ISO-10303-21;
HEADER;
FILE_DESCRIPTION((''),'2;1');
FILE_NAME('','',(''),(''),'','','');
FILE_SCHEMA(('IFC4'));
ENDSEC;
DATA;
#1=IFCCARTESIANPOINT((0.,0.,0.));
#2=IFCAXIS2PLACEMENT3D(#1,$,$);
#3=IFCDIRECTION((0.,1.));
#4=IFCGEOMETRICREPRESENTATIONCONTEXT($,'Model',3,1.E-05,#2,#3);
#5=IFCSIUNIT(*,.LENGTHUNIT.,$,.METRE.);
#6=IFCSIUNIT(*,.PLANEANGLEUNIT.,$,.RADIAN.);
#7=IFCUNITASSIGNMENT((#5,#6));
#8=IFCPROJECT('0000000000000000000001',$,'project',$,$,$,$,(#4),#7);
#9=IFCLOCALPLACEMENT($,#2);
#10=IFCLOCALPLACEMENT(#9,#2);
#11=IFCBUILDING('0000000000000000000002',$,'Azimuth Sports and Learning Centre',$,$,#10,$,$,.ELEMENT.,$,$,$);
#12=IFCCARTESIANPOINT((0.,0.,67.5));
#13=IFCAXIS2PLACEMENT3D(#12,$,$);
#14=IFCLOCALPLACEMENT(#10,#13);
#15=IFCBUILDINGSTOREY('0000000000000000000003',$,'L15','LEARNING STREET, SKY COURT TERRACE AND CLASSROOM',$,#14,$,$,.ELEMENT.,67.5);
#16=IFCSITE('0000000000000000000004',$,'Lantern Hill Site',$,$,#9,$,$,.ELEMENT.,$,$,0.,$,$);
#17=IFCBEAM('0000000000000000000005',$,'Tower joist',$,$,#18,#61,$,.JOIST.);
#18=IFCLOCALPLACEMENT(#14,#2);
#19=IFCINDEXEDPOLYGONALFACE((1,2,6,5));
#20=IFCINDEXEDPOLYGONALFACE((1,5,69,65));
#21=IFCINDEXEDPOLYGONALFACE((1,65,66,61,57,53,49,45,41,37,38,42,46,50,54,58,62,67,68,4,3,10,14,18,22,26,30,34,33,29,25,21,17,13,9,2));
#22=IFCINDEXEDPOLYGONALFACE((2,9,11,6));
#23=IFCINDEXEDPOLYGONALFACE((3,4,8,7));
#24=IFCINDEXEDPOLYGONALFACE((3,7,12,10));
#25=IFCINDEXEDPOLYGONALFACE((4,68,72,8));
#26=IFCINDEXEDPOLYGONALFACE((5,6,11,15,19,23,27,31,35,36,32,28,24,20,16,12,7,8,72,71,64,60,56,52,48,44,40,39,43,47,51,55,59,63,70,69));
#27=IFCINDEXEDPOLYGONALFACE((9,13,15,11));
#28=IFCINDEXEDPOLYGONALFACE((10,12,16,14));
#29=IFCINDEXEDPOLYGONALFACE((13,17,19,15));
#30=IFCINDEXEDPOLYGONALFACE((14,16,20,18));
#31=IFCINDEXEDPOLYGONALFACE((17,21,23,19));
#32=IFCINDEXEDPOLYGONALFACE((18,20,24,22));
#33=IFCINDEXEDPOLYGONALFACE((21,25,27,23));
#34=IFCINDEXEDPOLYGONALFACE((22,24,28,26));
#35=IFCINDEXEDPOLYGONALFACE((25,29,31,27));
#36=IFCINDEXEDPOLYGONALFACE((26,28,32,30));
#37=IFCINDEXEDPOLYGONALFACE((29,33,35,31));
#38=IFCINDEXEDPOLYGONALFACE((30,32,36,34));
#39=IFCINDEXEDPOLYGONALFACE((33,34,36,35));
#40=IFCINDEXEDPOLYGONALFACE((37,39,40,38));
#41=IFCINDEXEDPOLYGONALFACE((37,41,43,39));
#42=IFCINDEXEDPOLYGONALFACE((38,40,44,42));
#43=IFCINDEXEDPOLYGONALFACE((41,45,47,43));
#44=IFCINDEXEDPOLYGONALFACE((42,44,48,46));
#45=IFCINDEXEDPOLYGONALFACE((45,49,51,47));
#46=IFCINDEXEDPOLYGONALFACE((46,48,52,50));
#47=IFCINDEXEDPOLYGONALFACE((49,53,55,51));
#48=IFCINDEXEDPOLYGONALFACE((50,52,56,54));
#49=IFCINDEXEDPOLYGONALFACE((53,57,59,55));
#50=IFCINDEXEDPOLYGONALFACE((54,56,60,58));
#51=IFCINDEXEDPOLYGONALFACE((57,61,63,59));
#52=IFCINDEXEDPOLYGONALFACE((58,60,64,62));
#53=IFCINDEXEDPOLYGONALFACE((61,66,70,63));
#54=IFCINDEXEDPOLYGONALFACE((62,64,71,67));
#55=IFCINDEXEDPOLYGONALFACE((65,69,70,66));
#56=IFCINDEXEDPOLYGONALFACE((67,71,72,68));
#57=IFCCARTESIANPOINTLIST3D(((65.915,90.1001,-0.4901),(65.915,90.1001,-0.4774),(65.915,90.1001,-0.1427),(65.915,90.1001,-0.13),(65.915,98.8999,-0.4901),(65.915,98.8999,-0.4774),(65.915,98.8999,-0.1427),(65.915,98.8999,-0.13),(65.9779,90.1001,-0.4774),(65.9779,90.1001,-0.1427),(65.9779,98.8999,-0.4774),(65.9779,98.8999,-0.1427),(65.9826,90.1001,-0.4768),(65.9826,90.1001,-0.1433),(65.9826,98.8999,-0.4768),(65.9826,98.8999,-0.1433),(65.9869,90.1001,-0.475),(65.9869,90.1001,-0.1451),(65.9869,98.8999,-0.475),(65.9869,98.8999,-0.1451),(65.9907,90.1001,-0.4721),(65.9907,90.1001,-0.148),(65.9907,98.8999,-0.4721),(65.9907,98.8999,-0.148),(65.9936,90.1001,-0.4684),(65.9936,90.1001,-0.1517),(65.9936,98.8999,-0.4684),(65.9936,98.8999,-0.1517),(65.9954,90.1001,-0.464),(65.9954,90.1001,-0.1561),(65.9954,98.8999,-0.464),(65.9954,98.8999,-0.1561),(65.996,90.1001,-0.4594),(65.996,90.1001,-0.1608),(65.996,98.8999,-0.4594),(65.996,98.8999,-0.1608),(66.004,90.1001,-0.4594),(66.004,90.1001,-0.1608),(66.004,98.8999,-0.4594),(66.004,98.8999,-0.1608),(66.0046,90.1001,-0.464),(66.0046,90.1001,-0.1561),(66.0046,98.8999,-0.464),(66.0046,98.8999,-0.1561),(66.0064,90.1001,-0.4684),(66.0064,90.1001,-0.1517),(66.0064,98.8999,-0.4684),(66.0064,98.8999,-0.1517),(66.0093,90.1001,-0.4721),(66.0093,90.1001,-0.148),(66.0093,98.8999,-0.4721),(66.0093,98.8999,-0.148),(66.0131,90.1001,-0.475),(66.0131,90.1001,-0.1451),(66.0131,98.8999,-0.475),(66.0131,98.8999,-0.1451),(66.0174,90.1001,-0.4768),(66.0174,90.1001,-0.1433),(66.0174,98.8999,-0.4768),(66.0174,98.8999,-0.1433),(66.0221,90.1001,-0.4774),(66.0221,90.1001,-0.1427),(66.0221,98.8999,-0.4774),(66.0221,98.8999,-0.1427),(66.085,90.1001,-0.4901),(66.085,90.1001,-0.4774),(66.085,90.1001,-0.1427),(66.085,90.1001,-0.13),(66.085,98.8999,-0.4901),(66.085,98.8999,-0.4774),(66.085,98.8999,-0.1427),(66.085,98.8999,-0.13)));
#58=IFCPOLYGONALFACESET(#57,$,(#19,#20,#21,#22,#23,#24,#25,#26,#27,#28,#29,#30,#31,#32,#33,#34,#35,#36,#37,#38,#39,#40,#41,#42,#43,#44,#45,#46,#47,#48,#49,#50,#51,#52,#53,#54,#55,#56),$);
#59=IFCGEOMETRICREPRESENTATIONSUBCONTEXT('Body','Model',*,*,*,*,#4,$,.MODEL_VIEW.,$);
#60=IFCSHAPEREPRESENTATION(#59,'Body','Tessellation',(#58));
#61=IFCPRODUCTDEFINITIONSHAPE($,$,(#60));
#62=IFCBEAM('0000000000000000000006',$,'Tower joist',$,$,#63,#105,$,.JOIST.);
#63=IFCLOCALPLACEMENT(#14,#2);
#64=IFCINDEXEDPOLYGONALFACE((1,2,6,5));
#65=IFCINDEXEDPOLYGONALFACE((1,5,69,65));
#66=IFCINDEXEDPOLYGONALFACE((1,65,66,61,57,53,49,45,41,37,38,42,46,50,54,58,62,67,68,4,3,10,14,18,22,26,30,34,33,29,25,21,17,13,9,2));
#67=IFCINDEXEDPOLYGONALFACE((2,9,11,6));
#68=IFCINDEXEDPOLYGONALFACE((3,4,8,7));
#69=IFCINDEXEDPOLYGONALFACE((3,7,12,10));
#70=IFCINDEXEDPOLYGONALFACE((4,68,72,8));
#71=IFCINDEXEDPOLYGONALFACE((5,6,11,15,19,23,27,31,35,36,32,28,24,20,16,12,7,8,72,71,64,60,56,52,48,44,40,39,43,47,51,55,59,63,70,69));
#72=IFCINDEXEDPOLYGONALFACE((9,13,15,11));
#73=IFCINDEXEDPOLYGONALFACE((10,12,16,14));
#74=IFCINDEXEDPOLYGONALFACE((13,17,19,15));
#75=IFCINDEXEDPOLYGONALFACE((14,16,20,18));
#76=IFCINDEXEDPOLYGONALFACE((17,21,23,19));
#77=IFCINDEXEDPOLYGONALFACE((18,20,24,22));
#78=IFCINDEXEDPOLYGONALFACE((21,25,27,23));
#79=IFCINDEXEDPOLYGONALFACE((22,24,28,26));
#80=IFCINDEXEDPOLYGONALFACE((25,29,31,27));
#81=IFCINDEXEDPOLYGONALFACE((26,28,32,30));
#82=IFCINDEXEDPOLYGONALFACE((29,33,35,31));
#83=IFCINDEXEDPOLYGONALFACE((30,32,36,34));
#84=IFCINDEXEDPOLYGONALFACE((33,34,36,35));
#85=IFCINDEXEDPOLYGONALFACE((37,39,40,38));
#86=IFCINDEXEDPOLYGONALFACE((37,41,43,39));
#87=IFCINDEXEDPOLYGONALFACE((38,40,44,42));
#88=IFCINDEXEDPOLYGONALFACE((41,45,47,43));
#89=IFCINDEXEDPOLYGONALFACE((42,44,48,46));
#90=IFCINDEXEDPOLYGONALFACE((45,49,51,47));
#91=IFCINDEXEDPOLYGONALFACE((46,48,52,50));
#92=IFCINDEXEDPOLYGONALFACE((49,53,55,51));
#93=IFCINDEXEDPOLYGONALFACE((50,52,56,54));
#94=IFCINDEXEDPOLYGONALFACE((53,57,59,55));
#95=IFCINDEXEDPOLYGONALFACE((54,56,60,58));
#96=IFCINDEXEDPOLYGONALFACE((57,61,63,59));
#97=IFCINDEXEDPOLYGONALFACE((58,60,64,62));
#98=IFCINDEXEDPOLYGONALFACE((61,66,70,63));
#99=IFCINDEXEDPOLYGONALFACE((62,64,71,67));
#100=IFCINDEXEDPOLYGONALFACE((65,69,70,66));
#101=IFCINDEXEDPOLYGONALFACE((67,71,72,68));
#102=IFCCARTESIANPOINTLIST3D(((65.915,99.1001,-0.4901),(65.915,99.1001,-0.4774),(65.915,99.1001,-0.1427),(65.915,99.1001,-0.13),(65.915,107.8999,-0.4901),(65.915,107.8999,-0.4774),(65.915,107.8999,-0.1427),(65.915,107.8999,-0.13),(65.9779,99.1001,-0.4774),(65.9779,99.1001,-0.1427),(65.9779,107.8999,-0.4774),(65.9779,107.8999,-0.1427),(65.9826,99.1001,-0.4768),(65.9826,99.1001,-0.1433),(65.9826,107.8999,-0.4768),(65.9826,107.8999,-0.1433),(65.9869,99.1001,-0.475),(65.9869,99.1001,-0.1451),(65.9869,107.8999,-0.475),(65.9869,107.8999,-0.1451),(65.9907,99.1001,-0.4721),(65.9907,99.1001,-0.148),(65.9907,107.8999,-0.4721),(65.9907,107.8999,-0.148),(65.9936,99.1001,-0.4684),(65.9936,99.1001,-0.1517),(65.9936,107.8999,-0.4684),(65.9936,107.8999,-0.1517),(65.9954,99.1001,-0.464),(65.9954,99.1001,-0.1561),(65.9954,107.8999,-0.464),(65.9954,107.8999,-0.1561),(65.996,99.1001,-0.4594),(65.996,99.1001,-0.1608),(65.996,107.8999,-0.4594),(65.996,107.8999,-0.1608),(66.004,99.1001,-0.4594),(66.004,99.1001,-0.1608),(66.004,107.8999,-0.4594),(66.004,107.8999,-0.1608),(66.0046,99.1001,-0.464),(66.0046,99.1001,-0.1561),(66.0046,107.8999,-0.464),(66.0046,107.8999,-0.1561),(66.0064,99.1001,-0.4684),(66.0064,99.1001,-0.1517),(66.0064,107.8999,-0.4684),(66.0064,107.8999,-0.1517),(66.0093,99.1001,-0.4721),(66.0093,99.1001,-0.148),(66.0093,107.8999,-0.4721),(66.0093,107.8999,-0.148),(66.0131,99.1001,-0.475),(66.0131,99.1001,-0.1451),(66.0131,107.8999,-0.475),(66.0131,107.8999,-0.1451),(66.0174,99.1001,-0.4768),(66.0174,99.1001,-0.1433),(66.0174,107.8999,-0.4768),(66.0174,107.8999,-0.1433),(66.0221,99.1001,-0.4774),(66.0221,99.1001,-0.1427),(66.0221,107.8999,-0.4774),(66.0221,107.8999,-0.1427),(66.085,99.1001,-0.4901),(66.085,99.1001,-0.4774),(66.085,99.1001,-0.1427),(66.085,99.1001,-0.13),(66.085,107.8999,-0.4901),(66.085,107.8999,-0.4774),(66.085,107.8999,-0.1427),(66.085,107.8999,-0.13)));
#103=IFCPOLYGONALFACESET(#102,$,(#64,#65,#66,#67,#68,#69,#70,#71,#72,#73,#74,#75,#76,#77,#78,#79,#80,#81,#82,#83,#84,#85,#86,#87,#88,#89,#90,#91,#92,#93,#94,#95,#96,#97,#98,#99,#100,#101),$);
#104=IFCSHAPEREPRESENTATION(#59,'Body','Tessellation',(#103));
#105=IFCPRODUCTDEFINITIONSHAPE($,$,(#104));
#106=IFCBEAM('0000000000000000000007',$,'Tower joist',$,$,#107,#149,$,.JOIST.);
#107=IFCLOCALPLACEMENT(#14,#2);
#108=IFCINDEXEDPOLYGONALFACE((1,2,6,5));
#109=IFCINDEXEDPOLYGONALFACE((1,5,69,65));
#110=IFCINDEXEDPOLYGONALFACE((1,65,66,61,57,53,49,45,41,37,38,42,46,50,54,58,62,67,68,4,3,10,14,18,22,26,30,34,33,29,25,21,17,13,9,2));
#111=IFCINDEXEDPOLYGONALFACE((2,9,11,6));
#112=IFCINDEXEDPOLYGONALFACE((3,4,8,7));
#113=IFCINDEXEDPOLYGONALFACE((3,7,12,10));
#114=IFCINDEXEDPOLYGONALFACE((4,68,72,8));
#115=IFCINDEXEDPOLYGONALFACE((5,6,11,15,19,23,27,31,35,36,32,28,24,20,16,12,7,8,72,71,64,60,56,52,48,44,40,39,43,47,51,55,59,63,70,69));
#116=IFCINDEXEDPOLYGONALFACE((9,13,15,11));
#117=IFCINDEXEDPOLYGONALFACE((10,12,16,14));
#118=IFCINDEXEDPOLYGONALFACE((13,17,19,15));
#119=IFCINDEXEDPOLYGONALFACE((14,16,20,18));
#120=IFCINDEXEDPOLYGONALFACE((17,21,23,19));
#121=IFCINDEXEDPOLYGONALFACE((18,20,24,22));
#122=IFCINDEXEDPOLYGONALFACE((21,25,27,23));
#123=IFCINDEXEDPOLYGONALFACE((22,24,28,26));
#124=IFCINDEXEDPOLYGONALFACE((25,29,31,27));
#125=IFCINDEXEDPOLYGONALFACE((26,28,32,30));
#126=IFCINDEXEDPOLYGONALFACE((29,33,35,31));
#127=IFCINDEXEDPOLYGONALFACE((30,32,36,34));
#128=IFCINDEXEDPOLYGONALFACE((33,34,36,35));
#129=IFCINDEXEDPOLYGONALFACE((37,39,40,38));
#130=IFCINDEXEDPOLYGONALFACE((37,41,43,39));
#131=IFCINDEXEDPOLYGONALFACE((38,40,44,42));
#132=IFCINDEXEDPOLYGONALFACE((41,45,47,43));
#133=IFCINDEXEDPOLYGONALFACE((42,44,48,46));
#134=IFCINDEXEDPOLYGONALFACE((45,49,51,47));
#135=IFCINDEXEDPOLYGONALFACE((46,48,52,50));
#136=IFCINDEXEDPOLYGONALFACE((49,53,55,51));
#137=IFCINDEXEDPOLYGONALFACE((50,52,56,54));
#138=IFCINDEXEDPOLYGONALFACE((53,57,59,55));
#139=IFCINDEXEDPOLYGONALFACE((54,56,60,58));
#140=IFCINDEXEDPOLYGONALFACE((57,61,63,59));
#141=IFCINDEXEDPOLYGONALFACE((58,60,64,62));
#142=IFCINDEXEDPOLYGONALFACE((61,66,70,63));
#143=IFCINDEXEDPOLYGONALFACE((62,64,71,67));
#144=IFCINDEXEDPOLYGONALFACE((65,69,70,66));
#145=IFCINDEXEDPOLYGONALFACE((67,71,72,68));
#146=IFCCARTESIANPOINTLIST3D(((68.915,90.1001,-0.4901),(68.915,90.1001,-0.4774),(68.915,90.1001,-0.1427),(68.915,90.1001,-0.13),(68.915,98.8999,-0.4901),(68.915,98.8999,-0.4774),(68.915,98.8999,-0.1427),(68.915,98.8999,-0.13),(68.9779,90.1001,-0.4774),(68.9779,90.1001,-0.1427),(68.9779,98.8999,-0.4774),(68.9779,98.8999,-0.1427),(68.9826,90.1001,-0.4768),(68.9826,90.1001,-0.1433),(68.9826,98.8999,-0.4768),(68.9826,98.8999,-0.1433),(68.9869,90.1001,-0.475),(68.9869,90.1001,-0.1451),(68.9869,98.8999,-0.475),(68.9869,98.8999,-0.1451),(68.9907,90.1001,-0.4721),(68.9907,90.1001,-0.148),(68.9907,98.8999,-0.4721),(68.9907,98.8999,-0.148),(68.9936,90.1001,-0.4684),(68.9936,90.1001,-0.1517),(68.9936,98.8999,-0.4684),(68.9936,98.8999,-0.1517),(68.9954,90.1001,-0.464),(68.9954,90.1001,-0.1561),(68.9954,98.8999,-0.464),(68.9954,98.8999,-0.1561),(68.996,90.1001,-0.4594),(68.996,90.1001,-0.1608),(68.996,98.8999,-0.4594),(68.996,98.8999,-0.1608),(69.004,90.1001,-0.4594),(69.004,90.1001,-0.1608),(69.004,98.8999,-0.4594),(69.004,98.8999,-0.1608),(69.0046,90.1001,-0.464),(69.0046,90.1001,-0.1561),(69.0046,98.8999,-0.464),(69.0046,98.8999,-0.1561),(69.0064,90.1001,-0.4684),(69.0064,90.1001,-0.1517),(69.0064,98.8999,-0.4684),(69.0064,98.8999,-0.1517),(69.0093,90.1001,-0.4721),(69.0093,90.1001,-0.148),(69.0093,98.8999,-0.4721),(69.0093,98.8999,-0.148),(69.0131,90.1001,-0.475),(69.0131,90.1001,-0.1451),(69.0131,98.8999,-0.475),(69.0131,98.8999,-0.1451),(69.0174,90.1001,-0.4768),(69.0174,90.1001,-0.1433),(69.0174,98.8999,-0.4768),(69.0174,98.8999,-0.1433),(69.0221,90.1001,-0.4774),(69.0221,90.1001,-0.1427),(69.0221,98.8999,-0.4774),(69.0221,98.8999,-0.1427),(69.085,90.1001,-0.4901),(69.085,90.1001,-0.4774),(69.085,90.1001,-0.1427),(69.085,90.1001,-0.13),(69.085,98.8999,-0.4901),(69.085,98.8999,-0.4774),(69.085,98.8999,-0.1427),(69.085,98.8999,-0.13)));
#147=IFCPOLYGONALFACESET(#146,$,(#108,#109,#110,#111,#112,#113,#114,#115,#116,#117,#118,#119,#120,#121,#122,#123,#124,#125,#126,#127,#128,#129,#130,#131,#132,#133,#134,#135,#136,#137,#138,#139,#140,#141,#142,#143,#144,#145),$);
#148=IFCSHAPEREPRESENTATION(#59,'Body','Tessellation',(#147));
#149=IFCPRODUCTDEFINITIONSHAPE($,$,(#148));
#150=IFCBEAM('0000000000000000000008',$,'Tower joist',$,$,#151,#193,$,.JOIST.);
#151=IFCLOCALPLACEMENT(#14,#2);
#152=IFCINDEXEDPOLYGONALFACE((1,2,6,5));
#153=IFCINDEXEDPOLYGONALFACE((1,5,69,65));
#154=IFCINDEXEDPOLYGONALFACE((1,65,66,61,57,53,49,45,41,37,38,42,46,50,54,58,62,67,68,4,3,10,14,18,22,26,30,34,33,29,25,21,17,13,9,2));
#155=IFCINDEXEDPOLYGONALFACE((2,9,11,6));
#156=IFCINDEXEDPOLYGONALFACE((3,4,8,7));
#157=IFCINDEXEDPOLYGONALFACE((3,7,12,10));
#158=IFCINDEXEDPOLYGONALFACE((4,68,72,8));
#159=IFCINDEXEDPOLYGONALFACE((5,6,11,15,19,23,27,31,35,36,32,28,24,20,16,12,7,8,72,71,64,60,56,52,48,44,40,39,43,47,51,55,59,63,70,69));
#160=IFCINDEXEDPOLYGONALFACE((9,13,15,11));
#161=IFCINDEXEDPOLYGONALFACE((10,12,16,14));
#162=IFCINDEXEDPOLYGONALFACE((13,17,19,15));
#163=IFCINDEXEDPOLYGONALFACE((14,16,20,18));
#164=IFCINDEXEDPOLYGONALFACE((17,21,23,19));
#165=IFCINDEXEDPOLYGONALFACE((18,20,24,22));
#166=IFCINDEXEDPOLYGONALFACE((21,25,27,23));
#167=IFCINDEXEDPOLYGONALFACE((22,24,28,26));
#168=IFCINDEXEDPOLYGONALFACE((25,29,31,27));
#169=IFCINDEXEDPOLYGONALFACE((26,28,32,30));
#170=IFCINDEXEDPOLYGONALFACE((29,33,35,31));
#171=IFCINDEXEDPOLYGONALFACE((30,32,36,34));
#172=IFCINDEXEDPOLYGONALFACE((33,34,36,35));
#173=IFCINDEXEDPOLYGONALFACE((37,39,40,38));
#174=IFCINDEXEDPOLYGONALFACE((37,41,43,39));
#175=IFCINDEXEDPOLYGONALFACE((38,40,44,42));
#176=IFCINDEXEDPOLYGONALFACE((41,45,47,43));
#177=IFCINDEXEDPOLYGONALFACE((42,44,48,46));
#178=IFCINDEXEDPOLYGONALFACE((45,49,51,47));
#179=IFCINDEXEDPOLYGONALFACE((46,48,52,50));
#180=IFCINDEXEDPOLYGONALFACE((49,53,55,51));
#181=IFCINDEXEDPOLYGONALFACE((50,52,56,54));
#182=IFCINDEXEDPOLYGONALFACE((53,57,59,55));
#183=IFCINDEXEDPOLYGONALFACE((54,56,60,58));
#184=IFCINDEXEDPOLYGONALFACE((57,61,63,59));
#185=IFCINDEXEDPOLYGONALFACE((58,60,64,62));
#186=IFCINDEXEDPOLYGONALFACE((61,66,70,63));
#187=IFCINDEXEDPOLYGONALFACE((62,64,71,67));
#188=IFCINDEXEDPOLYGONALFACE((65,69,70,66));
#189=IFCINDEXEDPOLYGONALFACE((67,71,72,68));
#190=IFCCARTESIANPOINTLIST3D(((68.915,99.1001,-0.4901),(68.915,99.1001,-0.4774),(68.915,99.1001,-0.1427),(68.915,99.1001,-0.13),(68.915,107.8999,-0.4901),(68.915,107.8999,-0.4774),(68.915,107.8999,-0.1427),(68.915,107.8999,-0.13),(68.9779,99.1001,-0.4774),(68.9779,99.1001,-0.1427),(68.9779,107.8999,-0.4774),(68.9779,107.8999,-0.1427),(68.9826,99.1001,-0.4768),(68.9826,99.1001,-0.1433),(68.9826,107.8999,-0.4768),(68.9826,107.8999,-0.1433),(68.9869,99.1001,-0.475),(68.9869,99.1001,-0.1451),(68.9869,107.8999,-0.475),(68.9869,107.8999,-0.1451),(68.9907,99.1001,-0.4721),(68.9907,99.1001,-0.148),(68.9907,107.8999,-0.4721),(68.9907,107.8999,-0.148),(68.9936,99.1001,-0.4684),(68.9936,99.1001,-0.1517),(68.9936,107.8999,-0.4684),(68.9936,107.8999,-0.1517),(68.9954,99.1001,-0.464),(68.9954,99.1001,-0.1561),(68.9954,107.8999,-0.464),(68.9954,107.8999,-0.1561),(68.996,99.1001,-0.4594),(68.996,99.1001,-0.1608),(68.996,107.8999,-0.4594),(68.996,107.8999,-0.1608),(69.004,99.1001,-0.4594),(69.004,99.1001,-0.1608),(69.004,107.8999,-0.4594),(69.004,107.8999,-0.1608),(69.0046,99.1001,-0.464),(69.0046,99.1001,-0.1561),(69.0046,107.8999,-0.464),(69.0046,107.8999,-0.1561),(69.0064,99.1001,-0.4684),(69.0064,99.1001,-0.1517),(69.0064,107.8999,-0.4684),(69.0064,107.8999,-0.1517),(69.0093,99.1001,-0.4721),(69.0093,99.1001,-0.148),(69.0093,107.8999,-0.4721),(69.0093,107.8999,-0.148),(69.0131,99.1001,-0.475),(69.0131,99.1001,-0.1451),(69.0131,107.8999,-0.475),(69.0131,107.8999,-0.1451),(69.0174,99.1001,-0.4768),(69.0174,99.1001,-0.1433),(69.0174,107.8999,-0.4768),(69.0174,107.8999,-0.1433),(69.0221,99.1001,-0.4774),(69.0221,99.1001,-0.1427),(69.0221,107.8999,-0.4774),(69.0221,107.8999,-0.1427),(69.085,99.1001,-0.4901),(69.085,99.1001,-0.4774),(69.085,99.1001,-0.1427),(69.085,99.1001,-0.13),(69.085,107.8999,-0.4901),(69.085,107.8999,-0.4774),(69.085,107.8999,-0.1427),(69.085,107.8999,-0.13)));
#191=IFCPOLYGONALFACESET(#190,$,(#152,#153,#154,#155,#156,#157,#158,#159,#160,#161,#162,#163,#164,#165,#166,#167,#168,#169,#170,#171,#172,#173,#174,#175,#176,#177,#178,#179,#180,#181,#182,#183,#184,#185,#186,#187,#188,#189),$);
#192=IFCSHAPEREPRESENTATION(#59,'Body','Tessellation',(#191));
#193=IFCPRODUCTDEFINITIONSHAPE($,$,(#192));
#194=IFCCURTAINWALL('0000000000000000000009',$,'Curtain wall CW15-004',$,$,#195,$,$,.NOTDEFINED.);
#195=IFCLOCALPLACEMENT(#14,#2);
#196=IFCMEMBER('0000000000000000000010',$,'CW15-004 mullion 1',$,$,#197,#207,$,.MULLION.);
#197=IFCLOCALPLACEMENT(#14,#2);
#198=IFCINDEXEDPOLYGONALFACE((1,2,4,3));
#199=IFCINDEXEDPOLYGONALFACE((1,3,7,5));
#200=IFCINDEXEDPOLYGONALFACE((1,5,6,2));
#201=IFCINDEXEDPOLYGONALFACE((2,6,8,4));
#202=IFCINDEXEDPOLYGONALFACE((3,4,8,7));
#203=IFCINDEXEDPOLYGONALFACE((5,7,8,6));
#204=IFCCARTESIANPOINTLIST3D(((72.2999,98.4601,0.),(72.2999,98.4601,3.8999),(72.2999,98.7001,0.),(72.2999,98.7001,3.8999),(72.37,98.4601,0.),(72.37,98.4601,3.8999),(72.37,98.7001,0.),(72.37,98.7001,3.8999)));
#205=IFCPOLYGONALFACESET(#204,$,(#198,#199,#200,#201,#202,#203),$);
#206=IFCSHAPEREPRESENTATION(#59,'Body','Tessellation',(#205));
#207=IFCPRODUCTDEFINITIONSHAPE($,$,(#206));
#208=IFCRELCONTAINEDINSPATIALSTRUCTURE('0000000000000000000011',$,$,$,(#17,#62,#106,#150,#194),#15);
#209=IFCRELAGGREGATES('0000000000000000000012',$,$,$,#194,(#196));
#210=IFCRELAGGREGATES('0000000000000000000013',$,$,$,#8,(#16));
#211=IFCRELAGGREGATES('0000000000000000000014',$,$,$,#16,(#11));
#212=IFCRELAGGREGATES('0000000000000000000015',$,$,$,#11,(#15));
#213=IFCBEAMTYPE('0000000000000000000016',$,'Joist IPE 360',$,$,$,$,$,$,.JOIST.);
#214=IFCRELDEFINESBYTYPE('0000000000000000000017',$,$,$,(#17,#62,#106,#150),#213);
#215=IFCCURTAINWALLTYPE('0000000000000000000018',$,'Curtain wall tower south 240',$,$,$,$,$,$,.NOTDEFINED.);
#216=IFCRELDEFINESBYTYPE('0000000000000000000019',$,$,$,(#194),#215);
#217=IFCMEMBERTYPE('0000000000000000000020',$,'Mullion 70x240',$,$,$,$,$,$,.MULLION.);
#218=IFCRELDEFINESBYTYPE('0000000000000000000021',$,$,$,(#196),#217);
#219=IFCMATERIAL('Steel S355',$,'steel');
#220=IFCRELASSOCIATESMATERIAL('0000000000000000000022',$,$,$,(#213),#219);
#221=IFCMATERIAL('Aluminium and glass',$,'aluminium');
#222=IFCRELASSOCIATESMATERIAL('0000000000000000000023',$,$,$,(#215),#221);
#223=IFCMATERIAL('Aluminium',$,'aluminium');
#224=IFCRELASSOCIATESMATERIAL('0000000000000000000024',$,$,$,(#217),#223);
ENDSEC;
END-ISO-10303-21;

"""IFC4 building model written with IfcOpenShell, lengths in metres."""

from ifc_helpers import new_model, si_unit, direction, frame, origin, origin_2d, place, context, subcontext, project, spatial, rectangle, i_section, extrude, material, material_profile, profile_set, type_object, element, aggregate, save


model = new_model("IFC4")

# Units and contexts
model_context = context("Model", 3, precision=1e-05, world=origin(), true_north=direction((0.0, 1.0)))
body_context = subcontext(model_context, "Body", "Model", "MODEL_VIEW")
ifc_project = project(units=[si_unit("LENGTHUNIT", "METRE"), si_unit("PLANEANGLEUNIT", "RADIAN")], contexts=[model_context])

# Site, building, storey
site_placement = place(None, origin())
site = spatial("IfcSite", under=ifc_project, at=site_placement, Name="Lantern Hill Site", CompositionType="ELEMENT", RefElevation=0.0)
building_placement = place(site_placement, origin())
building = spatial("IfcBuilding", under=site, at=building_placement, Name="Azimuth Sports and Learning Centre", CompositionType="ELEMENT")
storey_placement = place(building_placement, frame((0.0, 0.0, 67.5)))
storey = spatial("IfcBuildingStorey", under=building, at=storey_placement, Name="L15", Description="LEARNING STREET, SKY COURT TERRACE AND CLASSROOM", CompositionType="ELEMENT", Elevation=67.5)

# Beams
ifc_material_1 = material(Name="Steel S355", Category="steel")
ifc_material_profile_1 = material_profile(ifc_material_1, i_section(OverallWidth=0.1699, OverallDepth=0.3601, WebThickness=0.0081, FlangeThickness=0.0127, FilletRadius=0.0181, at=origin_2d()), Name="IPE 360")
ifc_profile_set_1 = profile_set([ifc_material_profile_1], Name="Steel S355")
beam_type_1 = type_object("IfcBeamType", Name="Joist IPE 360", PredefinedType="JOIST", material=ifc_profile_set_1)
for number, where, z_axis, x_axis, name in (
    (1, (66.0, 90.1001, -0.3101), (0.0, 1.0, 0.0), (-1.0, 0.0, 0.0), "Tower joist"),
    (2, (66.0, 99.1001, -0.3101), (0.0, 1.0, 0.0), (-1.0, 0.0, 0.0), "Tower joist"),
    (3, (69.0, 90.1001, -0.3101), (0.0, 1.0, 0.0), (-1.0, 0.0, 0.0), "Tower joist"),
    (4, (69.0, 99.1001, -0.3101), (0.0, 1.0, 0.0), (-1.0, 0.0, 0.0), "Tower joist"),
):
    element("IfcBeam", number, at=place(storey_placement, frame(where, z_axis=z_axis, x_axis=x_axis)), inside=storey, type_object=beam_type_1, Name=name, PredefinedType="JOIST", context=body_context, shape_type="SweptSolid", body=[
        extrude(i_section(OverallWidth=0.1699, OverallDepth=0.3601, WebThickness=0.0081, FlangeThickness=0.0127, FilletRadius=0.0181, at=origin_2d()), origin(), (0.0, 0.0, 1.0), 8.7998),
    ])

# Curtain wall, member
ifc_material_2 = material(Name="Aluminium and glass", Category="aluminium")
curtain_wall_type_1 = type_object("IfcCurtainWallType", Name="Curtain wall tower south 240", PredefinedType="NOTDEFINED", material=ifc_material_2)
curtain_wall_1_placement = place(storey_placement, origin())
curtain_wall_1 = element("IfcCurtainWall", 5, at=curtain_wall_1_placement, inside=storey, type_object=curtain_wall_type_1, Name="Curtain wall CW15-004", PredefinedType="NOTDEFINED")
ifc_material_3 = material(Name="Aluminium", Category="aluminium")
ifc_material_profile_2 = material_profile(ifc_material_3, rectangle(XDim=0.24, YDim=0.0701, at=origin_2d()), Name="Mullion 70x240")
ifc_profile_set_2 = profile_set([ifc_material_profile_2], Name="Aluminium")
member_type_1 = type_object("IfcMemberType", Name="Mullion 70x240", PredefinedType="MULLION", material=ifc_profile_set_2)
member_1_placement = place(storey_placement, frame((72.335, 98.5801, 0.0), z_axis=(0.0, 0.0, 1.0), x_axis=(0.0, 1.0, 0.0)))
member_1 = element("IfcMember", 6, at=member_1_placement, type_object=member_type_1, Name="CW15-004 mullion 1", PredefinedType="MULLION", context=body_context, shape_type="SweptSolid", body=[
    extrude(rectangle(XDim=0.24, YDim=0.0701, at=origin_2d()), origin(), (0.0, 0.0, 1.0), 3.8999),
])
aggregate(curtain_wall_1, [member_1])

save(model, "model.ifc")
